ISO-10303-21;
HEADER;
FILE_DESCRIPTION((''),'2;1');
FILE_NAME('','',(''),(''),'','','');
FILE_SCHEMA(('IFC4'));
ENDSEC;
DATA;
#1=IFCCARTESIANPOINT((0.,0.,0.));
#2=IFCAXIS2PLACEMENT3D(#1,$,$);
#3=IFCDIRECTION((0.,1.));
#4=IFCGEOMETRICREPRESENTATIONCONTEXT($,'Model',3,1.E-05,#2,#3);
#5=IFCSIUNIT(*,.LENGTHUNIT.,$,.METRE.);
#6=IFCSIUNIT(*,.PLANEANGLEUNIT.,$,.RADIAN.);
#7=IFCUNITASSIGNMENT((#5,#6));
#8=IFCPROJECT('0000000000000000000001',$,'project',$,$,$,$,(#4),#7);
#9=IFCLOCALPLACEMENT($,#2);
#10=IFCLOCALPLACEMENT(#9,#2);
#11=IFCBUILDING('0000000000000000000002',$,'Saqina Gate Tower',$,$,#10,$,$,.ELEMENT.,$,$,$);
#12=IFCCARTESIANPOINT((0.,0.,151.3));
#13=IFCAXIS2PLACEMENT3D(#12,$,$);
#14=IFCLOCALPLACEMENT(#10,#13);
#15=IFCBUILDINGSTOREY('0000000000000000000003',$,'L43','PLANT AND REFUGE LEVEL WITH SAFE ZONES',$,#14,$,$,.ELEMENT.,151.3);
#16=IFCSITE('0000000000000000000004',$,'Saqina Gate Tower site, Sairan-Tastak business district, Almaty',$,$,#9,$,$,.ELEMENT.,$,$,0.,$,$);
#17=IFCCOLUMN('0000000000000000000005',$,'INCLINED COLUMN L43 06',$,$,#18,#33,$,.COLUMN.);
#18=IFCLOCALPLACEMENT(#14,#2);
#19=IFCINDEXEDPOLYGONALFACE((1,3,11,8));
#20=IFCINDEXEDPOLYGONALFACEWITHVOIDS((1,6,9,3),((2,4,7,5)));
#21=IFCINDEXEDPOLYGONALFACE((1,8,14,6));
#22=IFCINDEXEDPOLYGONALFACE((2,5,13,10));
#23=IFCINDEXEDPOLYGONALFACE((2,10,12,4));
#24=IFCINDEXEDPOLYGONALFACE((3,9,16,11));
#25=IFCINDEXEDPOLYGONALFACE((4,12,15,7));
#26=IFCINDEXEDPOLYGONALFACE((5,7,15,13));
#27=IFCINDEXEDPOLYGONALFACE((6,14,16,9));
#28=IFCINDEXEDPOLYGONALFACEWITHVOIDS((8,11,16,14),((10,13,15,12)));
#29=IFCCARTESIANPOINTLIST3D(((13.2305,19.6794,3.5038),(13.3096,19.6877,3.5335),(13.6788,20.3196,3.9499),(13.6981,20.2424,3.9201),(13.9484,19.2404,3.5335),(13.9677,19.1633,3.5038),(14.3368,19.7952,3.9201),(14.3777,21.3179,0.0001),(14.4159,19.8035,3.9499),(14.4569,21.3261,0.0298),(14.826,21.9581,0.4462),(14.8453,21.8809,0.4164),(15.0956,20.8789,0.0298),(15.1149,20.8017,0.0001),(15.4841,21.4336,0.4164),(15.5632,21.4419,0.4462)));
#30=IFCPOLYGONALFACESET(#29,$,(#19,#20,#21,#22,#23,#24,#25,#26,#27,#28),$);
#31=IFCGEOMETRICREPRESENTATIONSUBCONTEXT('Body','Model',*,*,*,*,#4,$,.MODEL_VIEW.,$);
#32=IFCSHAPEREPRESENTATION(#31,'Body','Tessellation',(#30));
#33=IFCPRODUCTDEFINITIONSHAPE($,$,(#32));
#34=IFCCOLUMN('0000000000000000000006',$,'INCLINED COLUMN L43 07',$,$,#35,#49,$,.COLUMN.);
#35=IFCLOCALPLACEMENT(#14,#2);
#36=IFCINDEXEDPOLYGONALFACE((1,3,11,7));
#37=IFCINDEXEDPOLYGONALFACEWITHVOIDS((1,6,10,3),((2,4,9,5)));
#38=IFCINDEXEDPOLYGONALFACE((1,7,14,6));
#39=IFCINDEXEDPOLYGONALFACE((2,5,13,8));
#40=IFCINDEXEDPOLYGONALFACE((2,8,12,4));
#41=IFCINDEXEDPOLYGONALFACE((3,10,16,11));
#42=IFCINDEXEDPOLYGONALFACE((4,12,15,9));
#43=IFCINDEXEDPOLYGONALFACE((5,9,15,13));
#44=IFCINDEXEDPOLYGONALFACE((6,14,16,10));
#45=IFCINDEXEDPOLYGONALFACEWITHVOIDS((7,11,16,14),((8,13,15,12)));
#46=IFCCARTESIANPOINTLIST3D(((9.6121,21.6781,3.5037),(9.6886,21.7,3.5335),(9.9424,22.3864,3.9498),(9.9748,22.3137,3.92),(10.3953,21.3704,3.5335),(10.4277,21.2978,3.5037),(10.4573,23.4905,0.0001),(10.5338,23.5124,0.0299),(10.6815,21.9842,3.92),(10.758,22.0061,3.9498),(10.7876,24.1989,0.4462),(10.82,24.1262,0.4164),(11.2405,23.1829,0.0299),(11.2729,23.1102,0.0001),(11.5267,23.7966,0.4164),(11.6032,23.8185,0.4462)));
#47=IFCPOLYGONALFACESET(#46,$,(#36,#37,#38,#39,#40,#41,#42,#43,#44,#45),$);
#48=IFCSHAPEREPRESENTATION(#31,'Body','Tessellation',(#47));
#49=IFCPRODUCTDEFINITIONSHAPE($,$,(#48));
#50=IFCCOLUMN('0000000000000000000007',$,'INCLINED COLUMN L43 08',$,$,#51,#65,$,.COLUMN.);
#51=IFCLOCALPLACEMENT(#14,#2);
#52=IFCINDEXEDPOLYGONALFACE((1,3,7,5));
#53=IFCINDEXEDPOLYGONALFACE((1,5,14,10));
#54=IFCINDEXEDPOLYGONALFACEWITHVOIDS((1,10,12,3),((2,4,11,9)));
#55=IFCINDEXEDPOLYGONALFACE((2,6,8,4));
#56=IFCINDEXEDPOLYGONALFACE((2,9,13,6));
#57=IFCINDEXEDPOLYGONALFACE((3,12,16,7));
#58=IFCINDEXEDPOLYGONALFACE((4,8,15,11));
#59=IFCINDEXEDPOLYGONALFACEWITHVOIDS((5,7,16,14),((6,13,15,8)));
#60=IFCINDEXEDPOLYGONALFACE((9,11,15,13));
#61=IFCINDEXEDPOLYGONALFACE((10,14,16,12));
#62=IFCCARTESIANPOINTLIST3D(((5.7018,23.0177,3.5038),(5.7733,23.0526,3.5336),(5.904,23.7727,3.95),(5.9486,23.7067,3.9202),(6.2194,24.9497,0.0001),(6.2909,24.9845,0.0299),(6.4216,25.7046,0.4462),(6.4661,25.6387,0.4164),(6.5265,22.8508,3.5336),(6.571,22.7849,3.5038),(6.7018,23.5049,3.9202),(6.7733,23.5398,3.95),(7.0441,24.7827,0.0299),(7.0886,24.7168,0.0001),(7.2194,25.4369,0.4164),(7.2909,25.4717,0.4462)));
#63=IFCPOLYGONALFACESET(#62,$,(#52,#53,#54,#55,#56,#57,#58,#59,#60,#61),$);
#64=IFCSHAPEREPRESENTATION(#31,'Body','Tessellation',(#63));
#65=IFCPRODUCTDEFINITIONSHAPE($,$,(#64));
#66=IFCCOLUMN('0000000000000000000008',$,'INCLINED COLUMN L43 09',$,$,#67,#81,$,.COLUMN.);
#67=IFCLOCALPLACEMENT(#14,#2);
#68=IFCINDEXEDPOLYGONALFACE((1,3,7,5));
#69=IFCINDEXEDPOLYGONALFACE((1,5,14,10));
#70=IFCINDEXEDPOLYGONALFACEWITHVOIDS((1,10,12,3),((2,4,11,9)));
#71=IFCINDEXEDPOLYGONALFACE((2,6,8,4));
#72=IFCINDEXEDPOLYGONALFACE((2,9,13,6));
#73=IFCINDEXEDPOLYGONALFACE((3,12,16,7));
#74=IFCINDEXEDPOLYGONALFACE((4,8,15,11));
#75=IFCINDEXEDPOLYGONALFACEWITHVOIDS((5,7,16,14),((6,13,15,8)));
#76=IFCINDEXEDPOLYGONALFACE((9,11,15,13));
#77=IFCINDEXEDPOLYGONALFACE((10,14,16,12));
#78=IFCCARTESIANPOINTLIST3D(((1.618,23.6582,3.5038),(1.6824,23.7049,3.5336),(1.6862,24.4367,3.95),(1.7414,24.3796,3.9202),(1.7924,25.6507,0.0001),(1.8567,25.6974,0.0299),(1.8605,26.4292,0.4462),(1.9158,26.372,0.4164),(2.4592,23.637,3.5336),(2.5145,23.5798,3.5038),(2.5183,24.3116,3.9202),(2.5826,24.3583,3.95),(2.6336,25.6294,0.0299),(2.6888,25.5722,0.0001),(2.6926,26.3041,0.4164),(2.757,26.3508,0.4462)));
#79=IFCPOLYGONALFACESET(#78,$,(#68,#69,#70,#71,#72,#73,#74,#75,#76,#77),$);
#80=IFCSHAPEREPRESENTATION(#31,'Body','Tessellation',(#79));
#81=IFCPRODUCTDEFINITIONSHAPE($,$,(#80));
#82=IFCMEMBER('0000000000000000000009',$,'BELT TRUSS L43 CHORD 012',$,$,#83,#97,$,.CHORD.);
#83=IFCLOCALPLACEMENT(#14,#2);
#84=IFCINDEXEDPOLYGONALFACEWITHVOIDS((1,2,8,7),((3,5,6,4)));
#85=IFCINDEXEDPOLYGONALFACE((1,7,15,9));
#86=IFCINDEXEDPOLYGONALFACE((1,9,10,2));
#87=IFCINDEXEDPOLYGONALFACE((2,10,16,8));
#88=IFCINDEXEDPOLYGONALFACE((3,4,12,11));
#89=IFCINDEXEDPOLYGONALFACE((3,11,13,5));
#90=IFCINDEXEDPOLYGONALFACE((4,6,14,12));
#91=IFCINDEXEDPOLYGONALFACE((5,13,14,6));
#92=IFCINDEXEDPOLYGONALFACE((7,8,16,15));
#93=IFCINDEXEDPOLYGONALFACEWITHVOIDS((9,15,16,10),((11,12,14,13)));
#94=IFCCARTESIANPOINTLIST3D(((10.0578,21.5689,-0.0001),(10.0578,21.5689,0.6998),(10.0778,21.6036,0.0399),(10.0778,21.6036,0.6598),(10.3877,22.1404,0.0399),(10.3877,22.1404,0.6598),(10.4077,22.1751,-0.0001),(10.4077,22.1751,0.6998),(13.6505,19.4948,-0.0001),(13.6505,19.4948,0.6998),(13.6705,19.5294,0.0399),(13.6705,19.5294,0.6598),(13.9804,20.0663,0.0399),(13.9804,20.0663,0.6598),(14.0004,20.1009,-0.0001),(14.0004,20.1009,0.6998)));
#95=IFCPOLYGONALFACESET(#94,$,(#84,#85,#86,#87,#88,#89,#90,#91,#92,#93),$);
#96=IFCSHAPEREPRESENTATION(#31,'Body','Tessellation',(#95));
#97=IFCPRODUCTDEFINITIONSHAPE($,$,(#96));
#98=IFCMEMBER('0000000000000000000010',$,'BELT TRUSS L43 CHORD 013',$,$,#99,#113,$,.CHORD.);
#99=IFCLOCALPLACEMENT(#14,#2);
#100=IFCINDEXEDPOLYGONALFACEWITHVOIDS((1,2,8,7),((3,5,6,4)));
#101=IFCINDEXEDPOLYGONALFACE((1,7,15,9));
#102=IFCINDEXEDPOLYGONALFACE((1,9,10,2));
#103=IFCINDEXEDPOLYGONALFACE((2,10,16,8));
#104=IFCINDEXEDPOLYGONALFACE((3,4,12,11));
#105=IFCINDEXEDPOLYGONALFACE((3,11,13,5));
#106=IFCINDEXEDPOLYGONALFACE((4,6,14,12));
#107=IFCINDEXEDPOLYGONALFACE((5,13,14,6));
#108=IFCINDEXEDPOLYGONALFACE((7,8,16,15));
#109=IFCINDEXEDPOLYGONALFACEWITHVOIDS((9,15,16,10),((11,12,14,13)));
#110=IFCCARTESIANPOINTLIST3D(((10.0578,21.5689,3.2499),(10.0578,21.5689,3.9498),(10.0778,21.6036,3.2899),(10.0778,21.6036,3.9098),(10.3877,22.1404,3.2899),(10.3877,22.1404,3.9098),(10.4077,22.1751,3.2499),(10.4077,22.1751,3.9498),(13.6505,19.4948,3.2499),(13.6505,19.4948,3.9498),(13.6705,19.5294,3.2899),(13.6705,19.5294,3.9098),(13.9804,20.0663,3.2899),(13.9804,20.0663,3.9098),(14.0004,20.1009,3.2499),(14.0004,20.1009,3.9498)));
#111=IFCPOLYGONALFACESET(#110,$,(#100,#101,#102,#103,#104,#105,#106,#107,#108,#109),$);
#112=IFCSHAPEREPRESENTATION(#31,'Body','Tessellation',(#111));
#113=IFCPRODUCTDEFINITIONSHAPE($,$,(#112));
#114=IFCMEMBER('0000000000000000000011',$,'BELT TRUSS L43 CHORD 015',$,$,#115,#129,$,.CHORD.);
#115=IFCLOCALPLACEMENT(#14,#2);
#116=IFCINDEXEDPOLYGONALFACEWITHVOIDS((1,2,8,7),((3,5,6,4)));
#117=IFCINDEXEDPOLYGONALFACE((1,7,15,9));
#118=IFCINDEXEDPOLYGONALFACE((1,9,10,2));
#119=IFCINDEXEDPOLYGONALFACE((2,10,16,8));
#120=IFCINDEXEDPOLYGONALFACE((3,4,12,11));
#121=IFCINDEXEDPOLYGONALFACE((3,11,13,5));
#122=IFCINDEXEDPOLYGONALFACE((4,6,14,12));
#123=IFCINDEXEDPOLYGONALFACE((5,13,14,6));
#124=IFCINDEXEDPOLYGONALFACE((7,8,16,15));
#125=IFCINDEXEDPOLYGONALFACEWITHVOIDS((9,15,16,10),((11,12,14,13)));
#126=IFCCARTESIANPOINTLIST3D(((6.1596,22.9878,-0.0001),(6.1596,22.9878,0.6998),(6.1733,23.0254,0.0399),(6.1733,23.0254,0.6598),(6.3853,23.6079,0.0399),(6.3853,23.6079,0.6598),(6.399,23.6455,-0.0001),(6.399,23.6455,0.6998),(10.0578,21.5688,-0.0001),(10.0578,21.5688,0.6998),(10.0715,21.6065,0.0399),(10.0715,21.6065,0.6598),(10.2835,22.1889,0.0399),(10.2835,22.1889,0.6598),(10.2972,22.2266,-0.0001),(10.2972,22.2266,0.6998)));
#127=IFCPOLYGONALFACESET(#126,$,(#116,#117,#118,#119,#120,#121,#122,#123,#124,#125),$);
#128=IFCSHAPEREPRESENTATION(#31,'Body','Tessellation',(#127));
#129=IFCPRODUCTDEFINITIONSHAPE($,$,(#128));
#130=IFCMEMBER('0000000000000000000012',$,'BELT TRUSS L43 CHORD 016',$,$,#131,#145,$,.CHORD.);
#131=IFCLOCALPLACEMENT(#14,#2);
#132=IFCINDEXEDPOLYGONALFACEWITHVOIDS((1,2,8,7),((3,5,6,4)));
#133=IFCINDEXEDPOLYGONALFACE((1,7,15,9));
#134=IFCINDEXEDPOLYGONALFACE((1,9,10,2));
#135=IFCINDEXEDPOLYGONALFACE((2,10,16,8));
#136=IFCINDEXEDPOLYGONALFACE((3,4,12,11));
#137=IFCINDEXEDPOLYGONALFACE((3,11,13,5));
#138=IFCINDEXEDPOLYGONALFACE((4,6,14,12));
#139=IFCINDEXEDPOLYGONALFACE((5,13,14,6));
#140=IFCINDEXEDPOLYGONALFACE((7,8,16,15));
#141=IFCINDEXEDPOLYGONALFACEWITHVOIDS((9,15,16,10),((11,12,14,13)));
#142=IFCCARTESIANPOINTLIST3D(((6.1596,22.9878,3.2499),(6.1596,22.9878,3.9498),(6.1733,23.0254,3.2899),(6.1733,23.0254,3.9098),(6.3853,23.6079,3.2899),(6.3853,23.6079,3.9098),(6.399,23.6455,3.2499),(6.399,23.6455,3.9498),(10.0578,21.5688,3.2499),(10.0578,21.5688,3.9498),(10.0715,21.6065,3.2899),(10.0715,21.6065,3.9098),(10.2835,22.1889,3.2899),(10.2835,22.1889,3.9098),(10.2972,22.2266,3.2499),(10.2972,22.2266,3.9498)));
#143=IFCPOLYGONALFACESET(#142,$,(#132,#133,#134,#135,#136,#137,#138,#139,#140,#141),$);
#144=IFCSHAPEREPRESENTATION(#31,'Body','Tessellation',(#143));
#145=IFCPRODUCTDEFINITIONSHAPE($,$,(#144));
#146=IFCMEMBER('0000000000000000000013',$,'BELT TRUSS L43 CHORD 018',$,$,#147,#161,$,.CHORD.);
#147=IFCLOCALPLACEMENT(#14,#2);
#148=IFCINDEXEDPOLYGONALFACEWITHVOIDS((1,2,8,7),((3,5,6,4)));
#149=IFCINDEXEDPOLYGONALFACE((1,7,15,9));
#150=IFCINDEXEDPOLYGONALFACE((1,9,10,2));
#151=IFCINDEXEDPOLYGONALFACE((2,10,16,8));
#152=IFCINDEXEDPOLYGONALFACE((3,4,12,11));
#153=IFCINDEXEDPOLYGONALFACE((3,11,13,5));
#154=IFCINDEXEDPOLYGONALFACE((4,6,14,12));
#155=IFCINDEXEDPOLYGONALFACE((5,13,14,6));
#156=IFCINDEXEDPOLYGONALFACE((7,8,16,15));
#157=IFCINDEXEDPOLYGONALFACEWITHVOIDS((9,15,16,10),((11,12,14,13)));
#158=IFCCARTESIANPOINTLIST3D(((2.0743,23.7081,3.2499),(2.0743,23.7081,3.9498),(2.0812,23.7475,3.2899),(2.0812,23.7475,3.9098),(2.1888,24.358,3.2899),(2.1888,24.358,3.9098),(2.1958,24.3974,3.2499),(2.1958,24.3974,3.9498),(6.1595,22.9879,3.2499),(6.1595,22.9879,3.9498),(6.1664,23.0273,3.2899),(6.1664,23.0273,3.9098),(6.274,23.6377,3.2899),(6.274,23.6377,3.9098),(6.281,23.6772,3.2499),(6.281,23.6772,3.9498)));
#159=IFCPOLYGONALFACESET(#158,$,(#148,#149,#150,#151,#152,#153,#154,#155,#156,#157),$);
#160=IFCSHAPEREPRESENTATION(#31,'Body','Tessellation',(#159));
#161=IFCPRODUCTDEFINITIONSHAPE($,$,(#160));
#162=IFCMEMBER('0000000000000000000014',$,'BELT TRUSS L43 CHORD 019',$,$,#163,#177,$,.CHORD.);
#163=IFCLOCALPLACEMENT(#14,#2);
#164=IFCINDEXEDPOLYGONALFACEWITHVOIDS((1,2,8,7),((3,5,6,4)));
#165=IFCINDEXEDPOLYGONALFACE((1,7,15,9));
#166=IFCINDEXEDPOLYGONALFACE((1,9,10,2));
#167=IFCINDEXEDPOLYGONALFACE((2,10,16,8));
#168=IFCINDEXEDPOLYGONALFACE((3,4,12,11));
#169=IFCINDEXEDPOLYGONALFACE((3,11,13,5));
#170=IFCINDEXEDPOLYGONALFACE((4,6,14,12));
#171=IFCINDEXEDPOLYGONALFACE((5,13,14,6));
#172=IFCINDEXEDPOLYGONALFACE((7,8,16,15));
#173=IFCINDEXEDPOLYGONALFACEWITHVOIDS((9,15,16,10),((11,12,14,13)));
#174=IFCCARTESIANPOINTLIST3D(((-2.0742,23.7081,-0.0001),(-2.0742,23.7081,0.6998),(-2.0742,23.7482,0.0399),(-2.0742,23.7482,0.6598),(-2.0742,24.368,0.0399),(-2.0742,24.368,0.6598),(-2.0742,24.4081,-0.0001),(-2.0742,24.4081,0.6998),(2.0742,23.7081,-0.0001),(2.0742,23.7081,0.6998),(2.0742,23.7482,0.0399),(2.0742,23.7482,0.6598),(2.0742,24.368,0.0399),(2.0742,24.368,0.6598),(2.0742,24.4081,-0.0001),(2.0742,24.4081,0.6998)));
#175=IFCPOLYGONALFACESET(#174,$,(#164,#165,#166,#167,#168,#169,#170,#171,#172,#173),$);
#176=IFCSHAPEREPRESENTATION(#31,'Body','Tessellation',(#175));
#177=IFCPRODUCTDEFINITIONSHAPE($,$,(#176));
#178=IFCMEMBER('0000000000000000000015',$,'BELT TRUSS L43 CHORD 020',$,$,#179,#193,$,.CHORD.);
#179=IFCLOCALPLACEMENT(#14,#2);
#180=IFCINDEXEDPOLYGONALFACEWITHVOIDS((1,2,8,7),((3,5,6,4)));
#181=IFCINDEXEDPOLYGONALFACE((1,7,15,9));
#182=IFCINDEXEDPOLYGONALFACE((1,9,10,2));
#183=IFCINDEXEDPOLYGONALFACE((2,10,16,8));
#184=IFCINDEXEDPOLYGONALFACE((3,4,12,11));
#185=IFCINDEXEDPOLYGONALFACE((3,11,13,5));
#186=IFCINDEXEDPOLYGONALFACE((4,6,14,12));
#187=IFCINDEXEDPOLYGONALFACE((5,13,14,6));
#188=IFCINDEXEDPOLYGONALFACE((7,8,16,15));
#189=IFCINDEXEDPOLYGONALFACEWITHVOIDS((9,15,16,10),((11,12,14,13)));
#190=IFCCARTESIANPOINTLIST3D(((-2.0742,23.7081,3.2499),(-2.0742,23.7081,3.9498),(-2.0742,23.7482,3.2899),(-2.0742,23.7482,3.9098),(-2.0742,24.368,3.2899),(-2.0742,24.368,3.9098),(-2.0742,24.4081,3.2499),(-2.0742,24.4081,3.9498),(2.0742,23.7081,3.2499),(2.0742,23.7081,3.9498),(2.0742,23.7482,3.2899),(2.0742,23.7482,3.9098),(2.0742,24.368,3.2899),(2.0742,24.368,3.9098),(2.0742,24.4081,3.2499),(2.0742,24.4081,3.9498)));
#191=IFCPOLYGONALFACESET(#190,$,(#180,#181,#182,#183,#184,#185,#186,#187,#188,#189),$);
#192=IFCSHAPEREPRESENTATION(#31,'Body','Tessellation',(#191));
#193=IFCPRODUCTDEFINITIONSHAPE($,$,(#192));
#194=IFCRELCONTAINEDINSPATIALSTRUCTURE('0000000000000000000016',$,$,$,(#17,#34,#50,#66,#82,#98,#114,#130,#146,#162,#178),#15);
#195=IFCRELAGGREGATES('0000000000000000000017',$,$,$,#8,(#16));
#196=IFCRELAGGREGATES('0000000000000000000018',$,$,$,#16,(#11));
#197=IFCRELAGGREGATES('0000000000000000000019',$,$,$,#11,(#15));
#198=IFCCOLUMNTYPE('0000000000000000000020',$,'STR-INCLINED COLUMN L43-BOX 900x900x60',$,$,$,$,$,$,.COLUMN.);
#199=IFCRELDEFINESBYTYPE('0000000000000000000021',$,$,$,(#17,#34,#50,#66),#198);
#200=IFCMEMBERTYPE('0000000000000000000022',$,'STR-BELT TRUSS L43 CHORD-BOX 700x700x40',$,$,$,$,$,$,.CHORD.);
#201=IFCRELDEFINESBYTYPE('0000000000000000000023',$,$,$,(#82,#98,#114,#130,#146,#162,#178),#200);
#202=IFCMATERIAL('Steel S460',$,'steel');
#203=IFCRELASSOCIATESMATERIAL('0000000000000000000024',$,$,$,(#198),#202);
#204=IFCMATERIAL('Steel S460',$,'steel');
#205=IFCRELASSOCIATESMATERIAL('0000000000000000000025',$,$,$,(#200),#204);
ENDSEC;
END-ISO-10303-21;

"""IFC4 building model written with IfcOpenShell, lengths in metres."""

from ifc_helpers import new_model, si_unit, direction, frame, origin, origin_2d, place, context, subcontext, project, spatial, hollow_rectangle, extrude, material, material_profile, profile_set, type_object, element, save


model = new_model("IFC4")

# Units and contexts
model_context = context("Model", 3, precision=1e-05, world=origin(), true_north=direction((0.0, 1.0)))
body_context = subcontext(model_context, "Body", "Model", "MODEL_VIEW")
ifc_project = project(units=[si_unit("LENGTHUNIT", "METRE"), si_unit("PLANEANGLEUNIT", "RADIAN")], contexts=[model_context])

# Site, building, storey
site_placement = place(None, origin())
site = spatial("IfcSite", under=ifc_project, at=site_placement, Name="Saqina Gate Tower site, Sairan-Tastak business district, Almaty", CompositionType="ELEMENT", RefElevation=0.0)
building_placement = place(site_placement, origin())
building = spatial("IfcBuilding", under=site, at=building_placement, Name="Saqina Gate Tower", CompositionType="ELEMENT")
storey_placement = place(building_placement, frame((0.0, 0.0, 151.3)))
storey = spatial("IfcBuildingStorey", under=building, at=storey_placement, Name="L43", Description="PLANT AND REFUGE LEVEL WITH SAFE ZONES", CompositionType="ELEMENT", Elevation=151.3)

# Columns
ifc_material_1 = material(Name="Steel S460", Category="steel")
ifc_material_profile_1 = material_profile(ifc_material_1, hollow_rectangle(XDim=0.8999, YDim=0.8999, WallThickness=0.0601, at=origin_2d()), Name="BOX 900x900x60")
ifc_profile_set_1 = profile_set([ifc_material_profile_1], Name="Steel S460")
column_type = type_object("IfcColumnType", Name="STR-INCLINED COLUMN L43-BOX 900x900x60", PredefinedType="COLUMN", material=ifc_profile_set_1)
column_1_placement = place(storey_placement, frame((14.9705, 21.3799, 0.2231), z_axis=(-0.28436, -0.406117, 0.868452), x_axis=(0.819157, -0.573569, 0.0)))
element("IfcColumn", 1, at=column_1_placement, inside=storey, type_object=column_type, Name="INCLINED COLUMN L43 06", PredefinedType="COLUMN", context=body_context, shape_type="SweptSolid", body=[
    extrude(hollow_rectangle(XDim=0.8999, YDim=0.8999, WallThickness=0.0601, at=origin_2d()), origin(), (0.0, 0.0, 1.0), 4.0344),
])
column_2_placement = place(storey_placement, frame((11.0303, 23.6545, 0.2231), z_axis=(-0.20951, -0.449278, 0.868479), x_axis=(0.906302, -0.422631, 0.0)))
element("IfcColumn", 2, at=column_2_placement, inside=storey, type_object=column_type, Name="INCLINED COLUMN L43 07", PredefinedType="COLUMN", context=body_context, shape_type="SweptSolid", body=[
    extrude(hollow_rectangle(XDim=0.8999, YDim=0.8999, WallThickness=0.0601, at=origin_2d()), origin(), (0.0, 0.0, 1.0), 4.0342),
])
for number, where, z_axis, x_axis, name in (
    (3, (6.7551, 25.2107, 0.2231), (-0.128294, -0.478863, 0.868465), (0.965934, -0.258787, 0.0), "INCLINED COLUMN L43 08"),
    (4, (2.2747, 26.0007, 0.2231), (-0.043208, -0.493869, 0.868462), (0.996195, -0.087156, 0.0), "INCLINED COLUMN L43 09"),
):
    element("IfcColumn", number, at=place(storey_placement, frame(where, z_axis=z_axis, x_axis=x_axis)), inside=storey, type_object=column_type, Name=name, PredefinedType="COLUMN", context=body_context, shape_type="SweptSolid", body=[
        extrude(hollow_rectangle(XDim=0.8999, YDim=0.8999, WallThickness=0.0601, at=origin_2d()), origin(), (0.0, 0.0, 1.0), 4.0344),
    ])

# Members
ifc_material_2 = material(Name="Steel S460", Category="steel")
ifc_material_profile_2 = material_profile(ifc_material_2, hollow_rectangle(XDim=0.7, YDim=0.7, WallThickness=0.04, at=origin_2d()), Name="BOX 700x700x40")
ifc_profile_set_2 = profile_set([ifc_material_profile_2], Name="Steel S460")
member_type_1 = type_object("IfcMemberType", Name="STR-BELT TRUSS L43 CHORD-BOX 700x700x40", PredefinedType="CHORD", material=ifc_profile_set_2)
for number, where, z_axis, x_axis, name in (
    (5, (13.8254, 19.7979, 0.3499), (-0.866033, 0.499987, 0.0), (-0.499987, -0.866033, 0.0), "BELT TRUSS L43 CHORD 012"),
    (6, (13.8254, 19.7979, 3.5999), (-0.866033, 0.499987, 0.0), (-0.499987, -0.866033, 0.0), "BELT TRUSS L43 CHORD 013"),
    (7, (10.1775, 21.8977, 0.3499), (-0.939683, 0.342045, 0.0), (-0.342045, -0.939683, 0.0), "BELT TRUSS L43 CHORD 015"),
    (8, (10.1775, 21.8977, 3.5999), (-0.939683, 0.342045, 0.0), (-0.342045, -0.939683, 0.0), "BELT TRUSS L43 CHORD 016"),
):
    element("IfcMember", number, at=place(storey_placement, frame(where, z_axis=z_axis, x_axis=x_axis)), inside=storey, type_object=member_type_1, Name=name, PredefinedType="CHORD", context=body_context, shape_type="SweptSolid", body=[
        extrude(hollow_rectangle(XDim=0.7, YDim=0.7, WallThickness=0.04, at=origin_2d()), origin(), (0.0, 0.0, 1.0), 4.1484),
    ])
member_1_placement = place(storey_placement, frame((6.2202, 23.3325, 3.5999), z_axis=(-0.984813, 0.173621, 0.0), x_axis=(-0.173621, -0.984813, 0.0)))
element("IfcMember", 9, at=member_1_placement, inside=storey, type_object=member_type_1, Name="BELT TRUSS L43 CHORD 018", PredefinedType="CHORD", context=body_context, shape_type="SweptSolid", body=[
    extrude(hollow_rectangle(XDim=0.7, YDim=0.7, WallThickness=0.04, at=origin_2d()), origin(), (0.0, 0.0, 1.0), 4.1482),
])
for number, where, z_axis, x_axis, name in (
    (10, (2.0742, 24.0581, 0.3499), (-1.0, 0.0, 0.0), (0.0, -1.0, 0.0), "BELT TRUSS L43 CHORD 019"),
    (11, (2.0742, 24.0581, 3.5999), (-1.0, 0.0, 0.0), (0.0, -1.0, 0.0), "BELT TRUSS L43 CHORD 020"),
):
    element("IfcMember", number, at=place(storey_placement, frame(where, z_axis=z_axis, x_axis=x_axis)), inside=storey, type_object=member_type_1, Name=name, PredefinedType="CHORD", context=body_context, shape_type="SweptSolid", body=[
        extrude(hollow_rectangle(XDim=0.7, YDim=0.7, WallThickness=0.04, at=origin_2d()), origin(), (0.0, 0.0, 1.0), 4.1484),
    ])

save(model, "model.ifc")
